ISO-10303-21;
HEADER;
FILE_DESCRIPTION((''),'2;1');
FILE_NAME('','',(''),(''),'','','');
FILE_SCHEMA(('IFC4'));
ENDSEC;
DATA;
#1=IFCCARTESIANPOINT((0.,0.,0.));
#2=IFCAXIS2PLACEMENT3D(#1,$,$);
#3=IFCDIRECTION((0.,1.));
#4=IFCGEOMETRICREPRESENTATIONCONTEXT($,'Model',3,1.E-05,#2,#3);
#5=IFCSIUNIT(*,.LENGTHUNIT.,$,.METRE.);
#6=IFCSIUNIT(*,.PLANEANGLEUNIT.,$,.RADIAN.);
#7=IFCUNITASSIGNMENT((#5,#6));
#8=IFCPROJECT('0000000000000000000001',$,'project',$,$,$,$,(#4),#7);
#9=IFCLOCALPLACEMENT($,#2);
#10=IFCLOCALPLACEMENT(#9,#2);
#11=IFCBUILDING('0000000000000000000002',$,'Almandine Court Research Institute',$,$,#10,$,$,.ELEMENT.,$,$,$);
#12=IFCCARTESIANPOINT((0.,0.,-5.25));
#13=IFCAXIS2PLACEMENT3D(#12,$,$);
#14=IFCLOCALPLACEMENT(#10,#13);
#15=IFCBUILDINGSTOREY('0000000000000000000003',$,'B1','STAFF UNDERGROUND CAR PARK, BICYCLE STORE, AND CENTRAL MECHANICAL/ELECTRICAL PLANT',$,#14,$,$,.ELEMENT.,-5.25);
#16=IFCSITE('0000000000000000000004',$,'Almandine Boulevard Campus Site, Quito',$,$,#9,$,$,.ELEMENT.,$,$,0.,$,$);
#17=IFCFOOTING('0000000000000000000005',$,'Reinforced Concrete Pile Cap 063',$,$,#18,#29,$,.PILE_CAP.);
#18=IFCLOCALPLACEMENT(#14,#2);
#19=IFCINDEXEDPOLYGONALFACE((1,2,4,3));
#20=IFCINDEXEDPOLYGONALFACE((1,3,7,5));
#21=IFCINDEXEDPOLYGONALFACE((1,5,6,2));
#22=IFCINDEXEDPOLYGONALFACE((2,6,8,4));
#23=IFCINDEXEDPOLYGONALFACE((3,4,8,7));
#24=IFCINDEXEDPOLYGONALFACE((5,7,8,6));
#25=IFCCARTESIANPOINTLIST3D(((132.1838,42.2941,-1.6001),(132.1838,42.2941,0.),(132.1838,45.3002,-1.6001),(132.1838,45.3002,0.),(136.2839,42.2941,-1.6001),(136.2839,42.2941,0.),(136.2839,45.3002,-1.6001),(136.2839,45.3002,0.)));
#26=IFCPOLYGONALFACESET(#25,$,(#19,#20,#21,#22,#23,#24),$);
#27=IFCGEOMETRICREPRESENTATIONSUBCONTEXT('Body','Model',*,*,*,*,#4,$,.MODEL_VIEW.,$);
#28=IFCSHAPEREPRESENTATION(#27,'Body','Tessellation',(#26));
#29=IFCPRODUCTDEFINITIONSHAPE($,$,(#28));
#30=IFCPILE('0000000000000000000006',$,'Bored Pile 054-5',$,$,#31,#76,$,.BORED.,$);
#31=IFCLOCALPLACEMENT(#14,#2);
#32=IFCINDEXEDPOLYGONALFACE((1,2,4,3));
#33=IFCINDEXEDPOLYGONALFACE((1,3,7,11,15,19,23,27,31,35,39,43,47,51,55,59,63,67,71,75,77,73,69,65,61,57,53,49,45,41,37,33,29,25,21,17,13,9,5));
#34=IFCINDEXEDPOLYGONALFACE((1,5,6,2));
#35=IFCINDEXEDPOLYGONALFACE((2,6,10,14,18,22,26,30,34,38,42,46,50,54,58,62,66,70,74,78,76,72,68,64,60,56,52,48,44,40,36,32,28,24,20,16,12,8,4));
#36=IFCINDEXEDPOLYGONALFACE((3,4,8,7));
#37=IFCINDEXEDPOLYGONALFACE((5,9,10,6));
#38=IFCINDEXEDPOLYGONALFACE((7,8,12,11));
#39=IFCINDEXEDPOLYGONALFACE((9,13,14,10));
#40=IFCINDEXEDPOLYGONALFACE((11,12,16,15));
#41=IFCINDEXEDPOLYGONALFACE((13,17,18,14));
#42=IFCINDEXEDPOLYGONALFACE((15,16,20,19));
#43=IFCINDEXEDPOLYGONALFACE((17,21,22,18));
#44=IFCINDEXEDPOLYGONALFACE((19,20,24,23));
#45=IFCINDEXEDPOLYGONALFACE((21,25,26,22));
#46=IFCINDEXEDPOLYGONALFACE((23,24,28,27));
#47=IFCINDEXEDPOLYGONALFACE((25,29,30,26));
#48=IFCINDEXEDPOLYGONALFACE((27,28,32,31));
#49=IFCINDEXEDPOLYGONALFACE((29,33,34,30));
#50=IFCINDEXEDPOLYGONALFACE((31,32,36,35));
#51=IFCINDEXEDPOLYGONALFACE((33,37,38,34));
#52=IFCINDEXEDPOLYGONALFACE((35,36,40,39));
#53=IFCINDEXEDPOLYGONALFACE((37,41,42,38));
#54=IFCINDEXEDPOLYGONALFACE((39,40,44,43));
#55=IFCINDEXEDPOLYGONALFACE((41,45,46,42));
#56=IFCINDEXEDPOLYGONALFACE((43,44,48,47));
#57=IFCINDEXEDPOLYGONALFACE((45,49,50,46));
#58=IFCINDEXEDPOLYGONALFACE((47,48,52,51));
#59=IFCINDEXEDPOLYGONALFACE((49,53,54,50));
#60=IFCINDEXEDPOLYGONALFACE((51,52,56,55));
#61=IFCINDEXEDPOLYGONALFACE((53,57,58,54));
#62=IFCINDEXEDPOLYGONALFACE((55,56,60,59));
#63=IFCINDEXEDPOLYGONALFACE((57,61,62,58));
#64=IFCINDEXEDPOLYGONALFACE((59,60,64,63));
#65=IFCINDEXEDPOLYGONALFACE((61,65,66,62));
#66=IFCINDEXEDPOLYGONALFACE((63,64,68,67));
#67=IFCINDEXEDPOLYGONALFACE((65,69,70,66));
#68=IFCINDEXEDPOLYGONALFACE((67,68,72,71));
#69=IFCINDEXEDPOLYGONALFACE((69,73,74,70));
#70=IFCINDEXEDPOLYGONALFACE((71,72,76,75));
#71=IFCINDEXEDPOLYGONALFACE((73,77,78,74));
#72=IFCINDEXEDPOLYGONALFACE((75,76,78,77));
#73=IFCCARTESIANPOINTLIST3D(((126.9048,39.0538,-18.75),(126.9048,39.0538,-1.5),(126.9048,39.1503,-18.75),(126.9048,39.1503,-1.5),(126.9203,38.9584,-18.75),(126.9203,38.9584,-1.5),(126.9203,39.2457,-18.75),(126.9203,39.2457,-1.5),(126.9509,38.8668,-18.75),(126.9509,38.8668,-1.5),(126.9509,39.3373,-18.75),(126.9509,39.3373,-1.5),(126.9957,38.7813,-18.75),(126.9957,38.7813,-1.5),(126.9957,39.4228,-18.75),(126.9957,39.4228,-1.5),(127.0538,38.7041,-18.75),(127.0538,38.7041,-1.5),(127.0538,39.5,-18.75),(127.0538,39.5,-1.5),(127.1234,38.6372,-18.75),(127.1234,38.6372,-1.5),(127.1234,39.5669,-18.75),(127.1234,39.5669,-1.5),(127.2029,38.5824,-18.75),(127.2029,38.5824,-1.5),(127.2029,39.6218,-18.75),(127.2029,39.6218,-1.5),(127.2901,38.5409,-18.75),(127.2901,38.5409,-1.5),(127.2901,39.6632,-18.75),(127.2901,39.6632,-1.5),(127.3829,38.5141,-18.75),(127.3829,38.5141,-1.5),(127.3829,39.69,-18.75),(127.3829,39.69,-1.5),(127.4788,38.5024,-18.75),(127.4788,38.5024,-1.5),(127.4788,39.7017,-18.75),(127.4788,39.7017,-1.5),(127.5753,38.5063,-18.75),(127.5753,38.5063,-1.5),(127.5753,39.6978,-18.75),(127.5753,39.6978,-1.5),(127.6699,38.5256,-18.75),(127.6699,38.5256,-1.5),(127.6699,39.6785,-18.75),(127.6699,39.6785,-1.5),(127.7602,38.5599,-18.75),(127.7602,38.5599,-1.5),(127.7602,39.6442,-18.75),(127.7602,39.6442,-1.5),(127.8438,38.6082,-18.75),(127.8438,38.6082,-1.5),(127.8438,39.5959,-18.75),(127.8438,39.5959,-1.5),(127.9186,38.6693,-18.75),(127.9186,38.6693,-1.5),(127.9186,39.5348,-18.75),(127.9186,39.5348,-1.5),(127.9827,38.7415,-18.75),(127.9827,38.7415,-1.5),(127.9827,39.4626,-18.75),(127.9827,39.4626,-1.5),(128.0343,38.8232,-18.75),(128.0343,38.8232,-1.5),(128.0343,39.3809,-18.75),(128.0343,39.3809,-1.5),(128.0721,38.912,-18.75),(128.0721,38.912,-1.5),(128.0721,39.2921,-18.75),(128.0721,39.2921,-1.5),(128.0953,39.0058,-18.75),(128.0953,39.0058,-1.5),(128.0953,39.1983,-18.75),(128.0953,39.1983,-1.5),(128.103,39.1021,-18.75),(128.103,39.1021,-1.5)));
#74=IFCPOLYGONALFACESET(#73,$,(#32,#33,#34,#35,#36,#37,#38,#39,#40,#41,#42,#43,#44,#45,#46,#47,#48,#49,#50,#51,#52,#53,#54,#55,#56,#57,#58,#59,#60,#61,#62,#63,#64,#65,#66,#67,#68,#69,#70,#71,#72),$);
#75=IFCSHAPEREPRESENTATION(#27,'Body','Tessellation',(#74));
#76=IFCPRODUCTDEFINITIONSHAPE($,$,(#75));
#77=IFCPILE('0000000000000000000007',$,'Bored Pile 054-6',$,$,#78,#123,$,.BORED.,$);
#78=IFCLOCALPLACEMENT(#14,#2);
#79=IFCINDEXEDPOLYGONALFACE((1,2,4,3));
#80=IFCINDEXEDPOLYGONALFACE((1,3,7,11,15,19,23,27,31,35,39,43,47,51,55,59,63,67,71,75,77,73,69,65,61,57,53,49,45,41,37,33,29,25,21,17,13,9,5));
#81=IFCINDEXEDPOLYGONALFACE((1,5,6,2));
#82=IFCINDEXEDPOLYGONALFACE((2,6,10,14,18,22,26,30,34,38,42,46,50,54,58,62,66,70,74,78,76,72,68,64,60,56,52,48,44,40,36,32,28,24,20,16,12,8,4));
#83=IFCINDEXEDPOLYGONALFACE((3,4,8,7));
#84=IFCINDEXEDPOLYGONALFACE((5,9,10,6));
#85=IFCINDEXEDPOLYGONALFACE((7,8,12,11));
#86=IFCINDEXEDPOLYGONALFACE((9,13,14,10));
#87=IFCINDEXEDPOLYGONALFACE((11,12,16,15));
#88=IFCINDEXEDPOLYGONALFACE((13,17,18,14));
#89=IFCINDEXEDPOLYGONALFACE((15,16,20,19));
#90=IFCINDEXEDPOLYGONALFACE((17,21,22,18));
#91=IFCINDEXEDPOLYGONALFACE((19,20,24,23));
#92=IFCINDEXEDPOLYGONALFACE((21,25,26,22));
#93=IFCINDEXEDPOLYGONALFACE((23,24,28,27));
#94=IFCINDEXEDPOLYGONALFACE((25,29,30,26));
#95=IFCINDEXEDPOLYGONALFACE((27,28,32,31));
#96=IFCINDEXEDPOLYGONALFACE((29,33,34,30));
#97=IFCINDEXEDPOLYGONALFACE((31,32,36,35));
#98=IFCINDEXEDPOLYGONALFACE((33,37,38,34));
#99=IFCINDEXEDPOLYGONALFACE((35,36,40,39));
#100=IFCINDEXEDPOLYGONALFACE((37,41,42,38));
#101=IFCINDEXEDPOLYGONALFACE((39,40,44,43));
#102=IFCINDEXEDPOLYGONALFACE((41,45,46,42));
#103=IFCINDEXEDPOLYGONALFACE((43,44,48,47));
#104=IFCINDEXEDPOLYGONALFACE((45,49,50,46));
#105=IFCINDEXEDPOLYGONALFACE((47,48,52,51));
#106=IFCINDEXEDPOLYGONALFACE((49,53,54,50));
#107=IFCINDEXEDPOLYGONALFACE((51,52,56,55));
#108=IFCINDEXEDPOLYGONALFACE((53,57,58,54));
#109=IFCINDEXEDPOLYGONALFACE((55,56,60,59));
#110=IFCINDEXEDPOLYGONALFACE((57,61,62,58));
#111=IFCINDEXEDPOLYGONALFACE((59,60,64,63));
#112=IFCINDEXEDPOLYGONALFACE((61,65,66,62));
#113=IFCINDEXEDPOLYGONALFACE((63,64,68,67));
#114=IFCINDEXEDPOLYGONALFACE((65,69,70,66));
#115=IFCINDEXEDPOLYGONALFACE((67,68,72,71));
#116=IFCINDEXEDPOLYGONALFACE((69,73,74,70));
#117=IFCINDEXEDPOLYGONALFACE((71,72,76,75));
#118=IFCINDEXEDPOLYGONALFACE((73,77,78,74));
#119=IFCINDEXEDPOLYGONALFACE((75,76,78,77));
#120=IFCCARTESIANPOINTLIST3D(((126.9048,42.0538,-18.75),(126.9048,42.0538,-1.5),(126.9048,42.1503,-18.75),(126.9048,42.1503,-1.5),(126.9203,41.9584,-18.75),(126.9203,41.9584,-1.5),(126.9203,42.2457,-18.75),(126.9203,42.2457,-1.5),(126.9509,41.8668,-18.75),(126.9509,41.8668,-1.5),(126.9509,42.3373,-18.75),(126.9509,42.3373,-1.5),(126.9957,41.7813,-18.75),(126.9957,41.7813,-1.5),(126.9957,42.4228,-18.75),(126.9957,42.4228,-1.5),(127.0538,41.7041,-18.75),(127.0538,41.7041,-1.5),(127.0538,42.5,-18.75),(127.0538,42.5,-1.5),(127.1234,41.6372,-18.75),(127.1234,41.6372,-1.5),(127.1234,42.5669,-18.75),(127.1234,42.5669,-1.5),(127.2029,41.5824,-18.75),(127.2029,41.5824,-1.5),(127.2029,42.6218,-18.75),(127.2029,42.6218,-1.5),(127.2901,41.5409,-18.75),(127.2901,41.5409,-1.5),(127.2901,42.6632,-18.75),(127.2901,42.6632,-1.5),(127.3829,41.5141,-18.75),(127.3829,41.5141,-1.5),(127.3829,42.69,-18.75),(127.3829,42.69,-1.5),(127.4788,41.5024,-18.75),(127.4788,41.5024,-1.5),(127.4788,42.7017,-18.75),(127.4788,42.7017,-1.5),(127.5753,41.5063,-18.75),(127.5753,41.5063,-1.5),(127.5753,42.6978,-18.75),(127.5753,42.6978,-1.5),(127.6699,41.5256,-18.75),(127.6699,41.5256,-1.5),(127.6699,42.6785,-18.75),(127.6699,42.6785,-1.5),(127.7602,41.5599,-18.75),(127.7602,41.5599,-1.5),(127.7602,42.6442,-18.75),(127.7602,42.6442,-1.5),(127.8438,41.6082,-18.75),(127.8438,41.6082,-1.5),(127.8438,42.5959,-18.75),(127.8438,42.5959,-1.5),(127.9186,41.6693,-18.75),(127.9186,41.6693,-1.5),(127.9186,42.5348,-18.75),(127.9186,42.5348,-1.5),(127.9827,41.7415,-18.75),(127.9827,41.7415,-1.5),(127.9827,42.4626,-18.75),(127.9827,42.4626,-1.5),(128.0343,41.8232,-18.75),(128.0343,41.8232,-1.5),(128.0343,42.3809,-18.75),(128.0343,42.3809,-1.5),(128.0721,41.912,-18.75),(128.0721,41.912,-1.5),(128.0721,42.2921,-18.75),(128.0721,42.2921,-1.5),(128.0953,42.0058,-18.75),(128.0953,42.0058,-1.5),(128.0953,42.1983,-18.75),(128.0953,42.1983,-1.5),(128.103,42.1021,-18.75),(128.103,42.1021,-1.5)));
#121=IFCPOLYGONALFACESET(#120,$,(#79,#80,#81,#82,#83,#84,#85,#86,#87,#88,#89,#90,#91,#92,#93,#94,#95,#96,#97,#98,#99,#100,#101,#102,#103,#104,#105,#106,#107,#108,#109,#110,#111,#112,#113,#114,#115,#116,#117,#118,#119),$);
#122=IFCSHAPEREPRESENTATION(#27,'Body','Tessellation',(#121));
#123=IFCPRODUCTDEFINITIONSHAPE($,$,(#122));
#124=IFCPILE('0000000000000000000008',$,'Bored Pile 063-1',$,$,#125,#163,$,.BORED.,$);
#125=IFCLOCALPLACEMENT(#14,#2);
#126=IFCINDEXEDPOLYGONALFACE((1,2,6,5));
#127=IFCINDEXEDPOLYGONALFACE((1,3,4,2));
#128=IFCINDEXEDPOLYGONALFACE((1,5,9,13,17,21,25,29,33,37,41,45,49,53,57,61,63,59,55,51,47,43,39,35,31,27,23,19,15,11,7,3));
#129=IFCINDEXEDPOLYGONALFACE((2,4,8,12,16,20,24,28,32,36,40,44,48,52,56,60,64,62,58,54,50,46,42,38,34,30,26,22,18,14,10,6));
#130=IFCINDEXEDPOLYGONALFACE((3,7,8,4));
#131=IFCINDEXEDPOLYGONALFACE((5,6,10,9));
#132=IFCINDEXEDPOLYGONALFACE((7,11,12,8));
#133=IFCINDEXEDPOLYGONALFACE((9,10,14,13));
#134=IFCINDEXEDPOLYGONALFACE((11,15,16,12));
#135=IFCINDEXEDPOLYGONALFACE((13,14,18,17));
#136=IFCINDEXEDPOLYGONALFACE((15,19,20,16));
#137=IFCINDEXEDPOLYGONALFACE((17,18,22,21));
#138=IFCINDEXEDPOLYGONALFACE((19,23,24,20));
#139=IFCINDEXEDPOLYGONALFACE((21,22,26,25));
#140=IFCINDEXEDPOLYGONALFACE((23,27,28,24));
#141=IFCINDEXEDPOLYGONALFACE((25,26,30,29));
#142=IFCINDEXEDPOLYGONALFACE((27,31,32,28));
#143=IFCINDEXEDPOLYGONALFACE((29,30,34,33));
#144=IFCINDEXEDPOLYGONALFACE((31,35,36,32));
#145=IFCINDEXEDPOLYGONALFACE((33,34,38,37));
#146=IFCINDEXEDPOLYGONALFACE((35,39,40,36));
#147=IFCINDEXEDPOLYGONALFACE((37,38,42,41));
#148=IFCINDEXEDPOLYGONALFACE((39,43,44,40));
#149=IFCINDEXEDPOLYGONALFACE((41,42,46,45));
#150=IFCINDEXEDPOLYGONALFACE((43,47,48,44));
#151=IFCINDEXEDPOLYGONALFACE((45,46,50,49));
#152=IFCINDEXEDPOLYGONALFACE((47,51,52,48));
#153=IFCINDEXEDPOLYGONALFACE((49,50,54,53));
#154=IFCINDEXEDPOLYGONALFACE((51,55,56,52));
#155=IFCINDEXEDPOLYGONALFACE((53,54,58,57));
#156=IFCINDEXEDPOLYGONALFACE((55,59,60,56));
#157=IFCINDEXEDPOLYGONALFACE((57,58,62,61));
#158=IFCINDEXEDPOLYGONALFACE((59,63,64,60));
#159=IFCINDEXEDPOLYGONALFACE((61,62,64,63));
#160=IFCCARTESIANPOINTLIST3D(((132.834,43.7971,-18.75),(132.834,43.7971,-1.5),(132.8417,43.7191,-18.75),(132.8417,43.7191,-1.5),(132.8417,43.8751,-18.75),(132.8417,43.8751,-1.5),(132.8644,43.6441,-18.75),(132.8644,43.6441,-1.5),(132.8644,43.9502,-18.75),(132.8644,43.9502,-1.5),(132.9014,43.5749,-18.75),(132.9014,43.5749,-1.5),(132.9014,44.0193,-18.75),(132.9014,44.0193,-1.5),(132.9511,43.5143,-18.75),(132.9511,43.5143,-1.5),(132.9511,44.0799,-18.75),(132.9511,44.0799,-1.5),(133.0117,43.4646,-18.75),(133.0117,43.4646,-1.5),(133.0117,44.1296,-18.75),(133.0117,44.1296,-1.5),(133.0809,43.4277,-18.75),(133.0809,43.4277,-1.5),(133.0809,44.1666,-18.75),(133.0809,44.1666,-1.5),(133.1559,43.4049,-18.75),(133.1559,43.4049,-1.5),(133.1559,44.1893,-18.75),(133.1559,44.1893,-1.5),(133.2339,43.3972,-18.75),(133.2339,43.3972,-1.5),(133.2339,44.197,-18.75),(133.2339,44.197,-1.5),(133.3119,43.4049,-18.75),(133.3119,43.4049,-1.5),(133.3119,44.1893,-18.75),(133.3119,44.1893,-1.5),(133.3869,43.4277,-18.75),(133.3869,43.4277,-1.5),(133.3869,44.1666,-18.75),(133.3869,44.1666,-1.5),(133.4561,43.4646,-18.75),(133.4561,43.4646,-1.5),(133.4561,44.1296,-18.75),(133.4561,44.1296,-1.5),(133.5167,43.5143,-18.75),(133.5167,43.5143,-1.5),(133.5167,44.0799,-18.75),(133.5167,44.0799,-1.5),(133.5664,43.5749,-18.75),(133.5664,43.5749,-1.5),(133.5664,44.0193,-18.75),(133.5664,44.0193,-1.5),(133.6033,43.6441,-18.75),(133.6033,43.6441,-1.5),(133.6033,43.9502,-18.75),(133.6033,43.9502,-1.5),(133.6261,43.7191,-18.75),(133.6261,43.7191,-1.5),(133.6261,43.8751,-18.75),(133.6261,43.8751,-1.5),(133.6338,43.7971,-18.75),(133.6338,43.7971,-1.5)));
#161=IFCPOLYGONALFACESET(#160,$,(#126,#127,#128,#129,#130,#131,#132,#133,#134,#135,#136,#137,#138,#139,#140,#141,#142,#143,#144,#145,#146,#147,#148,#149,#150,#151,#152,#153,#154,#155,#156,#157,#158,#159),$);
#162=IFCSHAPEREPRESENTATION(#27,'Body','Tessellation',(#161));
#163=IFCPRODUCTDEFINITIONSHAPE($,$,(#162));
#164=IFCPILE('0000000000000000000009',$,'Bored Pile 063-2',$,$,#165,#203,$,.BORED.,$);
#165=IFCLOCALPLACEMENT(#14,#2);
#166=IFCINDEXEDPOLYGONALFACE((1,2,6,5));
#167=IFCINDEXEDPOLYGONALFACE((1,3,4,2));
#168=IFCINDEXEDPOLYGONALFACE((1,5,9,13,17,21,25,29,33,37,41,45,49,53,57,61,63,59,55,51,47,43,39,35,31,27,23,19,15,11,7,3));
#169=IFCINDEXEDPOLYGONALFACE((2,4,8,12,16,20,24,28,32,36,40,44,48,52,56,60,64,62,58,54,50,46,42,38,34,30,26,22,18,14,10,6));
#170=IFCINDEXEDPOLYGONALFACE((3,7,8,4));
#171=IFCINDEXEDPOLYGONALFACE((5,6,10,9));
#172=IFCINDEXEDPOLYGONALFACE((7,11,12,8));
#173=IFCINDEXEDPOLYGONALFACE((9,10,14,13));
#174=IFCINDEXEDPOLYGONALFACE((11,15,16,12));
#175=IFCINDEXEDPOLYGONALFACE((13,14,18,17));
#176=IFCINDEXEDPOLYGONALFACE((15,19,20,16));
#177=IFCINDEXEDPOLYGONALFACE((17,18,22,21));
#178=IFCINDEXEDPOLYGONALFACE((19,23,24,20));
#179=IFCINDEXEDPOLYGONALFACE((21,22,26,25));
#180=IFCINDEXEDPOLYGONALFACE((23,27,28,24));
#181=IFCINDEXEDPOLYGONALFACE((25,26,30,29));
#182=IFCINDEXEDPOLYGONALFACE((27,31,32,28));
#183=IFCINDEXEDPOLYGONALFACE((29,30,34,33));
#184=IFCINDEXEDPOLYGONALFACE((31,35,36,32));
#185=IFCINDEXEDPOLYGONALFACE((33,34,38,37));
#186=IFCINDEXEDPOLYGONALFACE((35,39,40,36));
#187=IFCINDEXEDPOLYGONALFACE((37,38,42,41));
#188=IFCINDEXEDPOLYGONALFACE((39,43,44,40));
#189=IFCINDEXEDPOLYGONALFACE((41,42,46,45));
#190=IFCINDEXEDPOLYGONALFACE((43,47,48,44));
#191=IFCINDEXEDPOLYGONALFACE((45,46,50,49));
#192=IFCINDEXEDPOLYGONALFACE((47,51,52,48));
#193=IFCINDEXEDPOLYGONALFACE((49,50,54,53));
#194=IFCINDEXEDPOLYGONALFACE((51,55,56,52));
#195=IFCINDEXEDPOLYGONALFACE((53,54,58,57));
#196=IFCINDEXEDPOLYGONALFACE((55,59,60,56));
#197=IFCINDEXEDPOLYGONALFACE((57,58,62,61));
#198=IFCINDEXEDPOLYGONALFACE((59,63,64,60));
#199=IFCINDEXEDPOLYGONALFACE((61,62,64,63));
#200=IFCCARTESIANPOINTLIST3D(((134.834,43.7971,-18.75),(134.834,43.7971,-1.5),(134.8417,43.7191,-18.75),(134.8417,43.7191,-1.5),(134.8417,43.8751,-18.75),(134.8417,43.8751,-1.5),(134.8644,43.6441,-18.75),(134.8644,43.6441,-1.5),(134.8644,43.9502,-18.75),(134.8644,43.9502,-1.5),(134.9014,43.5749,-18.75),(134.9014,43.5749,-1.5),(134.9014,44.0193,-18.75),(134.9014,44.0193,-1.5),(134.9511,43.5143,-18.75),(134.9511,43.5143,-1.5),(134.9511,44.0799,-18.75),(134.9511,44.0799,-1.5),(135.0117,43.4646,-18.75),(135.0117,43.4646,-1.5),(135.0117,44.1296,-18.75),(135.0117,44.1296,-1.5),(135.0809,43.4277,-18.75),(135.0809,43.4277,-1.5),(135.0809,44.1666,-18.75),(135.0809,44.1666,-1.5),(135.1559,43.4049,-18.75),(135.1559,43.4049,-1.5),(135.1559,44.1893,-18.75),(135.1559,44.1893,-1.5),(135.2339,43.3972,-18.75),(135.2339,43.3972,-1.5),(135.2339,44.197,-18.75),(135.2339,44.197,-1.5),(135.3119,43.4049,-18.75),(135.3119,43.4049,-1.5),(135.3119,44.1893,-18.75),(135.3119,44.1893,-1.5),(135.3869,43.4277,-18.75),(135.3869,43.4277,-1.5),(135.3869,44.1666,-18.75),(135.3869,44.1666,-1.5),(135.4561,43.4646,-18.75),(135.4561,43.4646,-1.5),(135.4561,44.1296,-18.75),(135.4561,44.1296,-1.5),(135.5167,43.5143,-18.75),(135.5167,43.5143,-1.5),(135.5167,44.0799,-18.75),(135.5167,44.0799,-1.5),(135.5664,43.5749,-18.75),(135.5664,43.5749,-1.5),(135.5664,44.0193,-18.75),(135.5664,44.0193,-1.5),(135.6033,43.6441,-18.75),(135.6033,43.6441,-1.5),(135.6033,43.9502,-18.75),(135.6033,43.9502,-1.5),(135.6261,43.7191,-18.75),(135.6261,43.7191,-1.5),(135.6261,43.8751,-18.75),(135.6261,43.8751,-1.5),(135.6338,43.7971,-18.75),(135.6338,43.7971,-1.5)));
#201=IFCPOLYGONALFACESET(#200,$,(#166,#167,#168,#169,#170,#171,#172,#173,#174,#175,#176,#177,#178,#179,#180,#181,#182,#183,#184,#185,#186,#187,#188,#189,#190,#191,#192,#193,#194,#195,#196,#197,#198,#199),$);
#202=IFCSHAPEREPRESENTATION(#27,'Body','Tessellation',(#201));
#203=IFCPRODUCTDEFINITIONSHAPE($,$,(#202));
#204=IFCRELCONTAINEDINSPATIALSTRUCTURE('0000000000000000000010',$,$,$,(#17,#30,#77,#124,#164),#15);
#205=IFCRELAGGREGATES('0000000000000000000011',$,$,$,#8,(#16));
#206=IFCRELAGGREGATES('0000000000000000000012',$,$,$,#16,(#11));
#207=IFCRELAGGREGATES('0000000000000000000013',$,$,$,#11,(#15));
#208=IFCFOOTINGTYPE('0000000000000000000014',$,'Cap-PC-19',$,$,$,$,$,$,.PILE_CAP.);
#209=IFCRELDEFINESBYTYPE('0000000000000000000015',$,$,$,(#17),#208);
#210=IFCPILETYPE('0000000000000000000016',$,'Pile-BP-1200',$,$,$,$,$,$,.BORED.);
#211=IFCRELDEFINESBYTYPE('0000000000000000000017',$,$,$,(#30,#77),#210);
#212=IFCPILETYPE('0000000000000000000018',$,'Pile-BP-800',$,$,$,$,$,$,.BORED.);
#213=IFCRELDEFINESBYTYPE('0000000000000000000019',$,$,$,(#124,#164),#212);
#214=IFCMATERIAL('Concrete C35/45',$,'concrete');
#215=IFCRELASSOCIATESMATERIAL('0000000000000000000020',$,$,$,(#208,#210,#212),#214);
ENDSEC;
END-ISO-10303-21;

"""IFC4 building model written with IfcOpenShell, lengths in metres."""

from ifc_helpers import new_model, si_unit, direction, frame, origin, origin_2d, place, context, subcontext, project, spatial, rectangle, circle, extrude, material, material_profile, profile_set, type_object, element, save


model = new_model("IFC4")

# Units and contexts
model_context = context("Model", 3, precision=1e-05, world=origin(), true_north=direction((0.0, 1.0)))
body_context = subcontext(model_context, "Body", "Model", "MODEL_VIEW")
ifc_project = project(units=[si_unit("LENGTHUNIT", "METRE"), si_unit("PLANEANGLEUNIT", "RADIAN")], contexts=[model_context])

# Site, building, storey
site_placement = place(None, origin())
site = spatial("IfcSite", under=ifc_project, at=site_placement, Name="Almandine Boulevard Campus Site, Quito", CompositionType="ELEMENT", RefElevation=0.0)
building_placement = place(site_placement, origin())
building = spatial("IfcBuilding", under=site, at=building_placement, Name="Almandine Court Research Institute", CompositionType="ELEMENT")
storey_placement = place(building_placement, frame((0.0, 0.0, -5.25)))
storey = spatial("IfcBuildingStorey", under=building, at=storey_placement, Name="B1", Description="STAFF UNDERGROUND CAR PARK, BICYCLE STORE, AND CENTRAL MECHANICAL/ELECTRICAL PLANT", CompositionType="ELEMENT", Elevation=-5.25)

# Footing
ifc_material_1 = material(Name="Concrete C35/45", Category="concrete")
footing_type_1 = type_object("IfcFootingType", Name="Cap-PC-19", PredefinedType="PILE_CAP", material=ifc_material_1)
footing_1_placement = place(storey_placement, frame((134.2339, 43.7971, -1.6001), z_axis=(0.0, 0.0, 1.0), x_axis=(1.0, 0.0, 0.0)))
element("IfcFooting", 1, at=footing_1_placement, inside=storey, type_object=footing_type_1, Name="Reinforced Concrete Pile Cap 063", PredefinedType="PILE_CAP", context=body_context, shape_type="SweptSolid", body=[
    extrude(rectangle(XDim=4.1001, YDim=3.0061, at=origin_2d()), origin(), (0.0, 0.0, 1.0), 1.6001),
])

# Piles
ifc_material_profile_1 = material_profile(ifc_material_1, circle(Radius=0.6001, at=origin_2d()), Name="BORED PILE D1200")
ifc_profile_set_1 = profile_set([ifc_material_profile_1], Name="Concrete C35/45")
pile_type_1 = type_object("IfcPileType", Name="Pile-BP-1200", PredefinedType="BORED", material=ifc_profile_set_1)
for number, where, z_axis, x_axis, name in (
    (2, (127.5029, 39.1021, -1.5), (0.0, 0.0, -1.0), (1.0, 0.0, 0.0), "Bored Pile 054-5"),
    (3, (127.5029, 42.1021, -1.5), (0.0, 0.0, -1.0), (1.0, 0.0, 0.0), "Bored Pile 054-6"),
):
    element("IfcPile", number, at=place(storey_placement, frame(where, z_axis=z_axis, x_axis=x_axis)), inside=storey, type_object=pile_type_1, Name=name, PredefinedType="BORED", context=body_context, shape_type="SweptSolid", body=[
        extrude(circle(Radius=0.6001, at=origin_2d()), origin(), (0.0, 0.0, 1.0), 17.25),
    ])
ifc_material_profile_2 = material_profile(ifc_material_1, circle(Radius=0.3999, at=origin_2d()), Name="BORED PILE D800")
ifc_profile_set_2 = profile_set([ifc_material_profile_2], Name="Concrete C35/45")
pile_type_2 = type_object("IfcPileType", Name="Pile-BP-800", PredefinedType="BORED", material=ifc_profile_set_2)
for number, where, z_axis, x_axis, name in (
    (4, (133.2339, 43.7971, -1.5), (0.0, 0.0, -1.0), (1.0, 0.0, 0.0), "Bored Pile 063-1"),
    (5, (135.2339, 43.7971, -1.5), (0.0, 0.0, -1.0), (1.0, 0.0, 0.0), "Bored Pile 063-2"),
):
    element("IfcPile", number, at=place(storey_placement, frame(where, z_axis=z_axis, x_axis=x_axis)), inside=storey, type_object=pile_type_2, Name=name, PredefinedType="BORED", context=body_context, shape_type="SweptSolid", body=[
        extrude(circle(Radius=0.3999, at=origin_2d()), origin(), (0.0, 0.0, 1.0), 17.25),
    ])

save(model, "model.ifc")
